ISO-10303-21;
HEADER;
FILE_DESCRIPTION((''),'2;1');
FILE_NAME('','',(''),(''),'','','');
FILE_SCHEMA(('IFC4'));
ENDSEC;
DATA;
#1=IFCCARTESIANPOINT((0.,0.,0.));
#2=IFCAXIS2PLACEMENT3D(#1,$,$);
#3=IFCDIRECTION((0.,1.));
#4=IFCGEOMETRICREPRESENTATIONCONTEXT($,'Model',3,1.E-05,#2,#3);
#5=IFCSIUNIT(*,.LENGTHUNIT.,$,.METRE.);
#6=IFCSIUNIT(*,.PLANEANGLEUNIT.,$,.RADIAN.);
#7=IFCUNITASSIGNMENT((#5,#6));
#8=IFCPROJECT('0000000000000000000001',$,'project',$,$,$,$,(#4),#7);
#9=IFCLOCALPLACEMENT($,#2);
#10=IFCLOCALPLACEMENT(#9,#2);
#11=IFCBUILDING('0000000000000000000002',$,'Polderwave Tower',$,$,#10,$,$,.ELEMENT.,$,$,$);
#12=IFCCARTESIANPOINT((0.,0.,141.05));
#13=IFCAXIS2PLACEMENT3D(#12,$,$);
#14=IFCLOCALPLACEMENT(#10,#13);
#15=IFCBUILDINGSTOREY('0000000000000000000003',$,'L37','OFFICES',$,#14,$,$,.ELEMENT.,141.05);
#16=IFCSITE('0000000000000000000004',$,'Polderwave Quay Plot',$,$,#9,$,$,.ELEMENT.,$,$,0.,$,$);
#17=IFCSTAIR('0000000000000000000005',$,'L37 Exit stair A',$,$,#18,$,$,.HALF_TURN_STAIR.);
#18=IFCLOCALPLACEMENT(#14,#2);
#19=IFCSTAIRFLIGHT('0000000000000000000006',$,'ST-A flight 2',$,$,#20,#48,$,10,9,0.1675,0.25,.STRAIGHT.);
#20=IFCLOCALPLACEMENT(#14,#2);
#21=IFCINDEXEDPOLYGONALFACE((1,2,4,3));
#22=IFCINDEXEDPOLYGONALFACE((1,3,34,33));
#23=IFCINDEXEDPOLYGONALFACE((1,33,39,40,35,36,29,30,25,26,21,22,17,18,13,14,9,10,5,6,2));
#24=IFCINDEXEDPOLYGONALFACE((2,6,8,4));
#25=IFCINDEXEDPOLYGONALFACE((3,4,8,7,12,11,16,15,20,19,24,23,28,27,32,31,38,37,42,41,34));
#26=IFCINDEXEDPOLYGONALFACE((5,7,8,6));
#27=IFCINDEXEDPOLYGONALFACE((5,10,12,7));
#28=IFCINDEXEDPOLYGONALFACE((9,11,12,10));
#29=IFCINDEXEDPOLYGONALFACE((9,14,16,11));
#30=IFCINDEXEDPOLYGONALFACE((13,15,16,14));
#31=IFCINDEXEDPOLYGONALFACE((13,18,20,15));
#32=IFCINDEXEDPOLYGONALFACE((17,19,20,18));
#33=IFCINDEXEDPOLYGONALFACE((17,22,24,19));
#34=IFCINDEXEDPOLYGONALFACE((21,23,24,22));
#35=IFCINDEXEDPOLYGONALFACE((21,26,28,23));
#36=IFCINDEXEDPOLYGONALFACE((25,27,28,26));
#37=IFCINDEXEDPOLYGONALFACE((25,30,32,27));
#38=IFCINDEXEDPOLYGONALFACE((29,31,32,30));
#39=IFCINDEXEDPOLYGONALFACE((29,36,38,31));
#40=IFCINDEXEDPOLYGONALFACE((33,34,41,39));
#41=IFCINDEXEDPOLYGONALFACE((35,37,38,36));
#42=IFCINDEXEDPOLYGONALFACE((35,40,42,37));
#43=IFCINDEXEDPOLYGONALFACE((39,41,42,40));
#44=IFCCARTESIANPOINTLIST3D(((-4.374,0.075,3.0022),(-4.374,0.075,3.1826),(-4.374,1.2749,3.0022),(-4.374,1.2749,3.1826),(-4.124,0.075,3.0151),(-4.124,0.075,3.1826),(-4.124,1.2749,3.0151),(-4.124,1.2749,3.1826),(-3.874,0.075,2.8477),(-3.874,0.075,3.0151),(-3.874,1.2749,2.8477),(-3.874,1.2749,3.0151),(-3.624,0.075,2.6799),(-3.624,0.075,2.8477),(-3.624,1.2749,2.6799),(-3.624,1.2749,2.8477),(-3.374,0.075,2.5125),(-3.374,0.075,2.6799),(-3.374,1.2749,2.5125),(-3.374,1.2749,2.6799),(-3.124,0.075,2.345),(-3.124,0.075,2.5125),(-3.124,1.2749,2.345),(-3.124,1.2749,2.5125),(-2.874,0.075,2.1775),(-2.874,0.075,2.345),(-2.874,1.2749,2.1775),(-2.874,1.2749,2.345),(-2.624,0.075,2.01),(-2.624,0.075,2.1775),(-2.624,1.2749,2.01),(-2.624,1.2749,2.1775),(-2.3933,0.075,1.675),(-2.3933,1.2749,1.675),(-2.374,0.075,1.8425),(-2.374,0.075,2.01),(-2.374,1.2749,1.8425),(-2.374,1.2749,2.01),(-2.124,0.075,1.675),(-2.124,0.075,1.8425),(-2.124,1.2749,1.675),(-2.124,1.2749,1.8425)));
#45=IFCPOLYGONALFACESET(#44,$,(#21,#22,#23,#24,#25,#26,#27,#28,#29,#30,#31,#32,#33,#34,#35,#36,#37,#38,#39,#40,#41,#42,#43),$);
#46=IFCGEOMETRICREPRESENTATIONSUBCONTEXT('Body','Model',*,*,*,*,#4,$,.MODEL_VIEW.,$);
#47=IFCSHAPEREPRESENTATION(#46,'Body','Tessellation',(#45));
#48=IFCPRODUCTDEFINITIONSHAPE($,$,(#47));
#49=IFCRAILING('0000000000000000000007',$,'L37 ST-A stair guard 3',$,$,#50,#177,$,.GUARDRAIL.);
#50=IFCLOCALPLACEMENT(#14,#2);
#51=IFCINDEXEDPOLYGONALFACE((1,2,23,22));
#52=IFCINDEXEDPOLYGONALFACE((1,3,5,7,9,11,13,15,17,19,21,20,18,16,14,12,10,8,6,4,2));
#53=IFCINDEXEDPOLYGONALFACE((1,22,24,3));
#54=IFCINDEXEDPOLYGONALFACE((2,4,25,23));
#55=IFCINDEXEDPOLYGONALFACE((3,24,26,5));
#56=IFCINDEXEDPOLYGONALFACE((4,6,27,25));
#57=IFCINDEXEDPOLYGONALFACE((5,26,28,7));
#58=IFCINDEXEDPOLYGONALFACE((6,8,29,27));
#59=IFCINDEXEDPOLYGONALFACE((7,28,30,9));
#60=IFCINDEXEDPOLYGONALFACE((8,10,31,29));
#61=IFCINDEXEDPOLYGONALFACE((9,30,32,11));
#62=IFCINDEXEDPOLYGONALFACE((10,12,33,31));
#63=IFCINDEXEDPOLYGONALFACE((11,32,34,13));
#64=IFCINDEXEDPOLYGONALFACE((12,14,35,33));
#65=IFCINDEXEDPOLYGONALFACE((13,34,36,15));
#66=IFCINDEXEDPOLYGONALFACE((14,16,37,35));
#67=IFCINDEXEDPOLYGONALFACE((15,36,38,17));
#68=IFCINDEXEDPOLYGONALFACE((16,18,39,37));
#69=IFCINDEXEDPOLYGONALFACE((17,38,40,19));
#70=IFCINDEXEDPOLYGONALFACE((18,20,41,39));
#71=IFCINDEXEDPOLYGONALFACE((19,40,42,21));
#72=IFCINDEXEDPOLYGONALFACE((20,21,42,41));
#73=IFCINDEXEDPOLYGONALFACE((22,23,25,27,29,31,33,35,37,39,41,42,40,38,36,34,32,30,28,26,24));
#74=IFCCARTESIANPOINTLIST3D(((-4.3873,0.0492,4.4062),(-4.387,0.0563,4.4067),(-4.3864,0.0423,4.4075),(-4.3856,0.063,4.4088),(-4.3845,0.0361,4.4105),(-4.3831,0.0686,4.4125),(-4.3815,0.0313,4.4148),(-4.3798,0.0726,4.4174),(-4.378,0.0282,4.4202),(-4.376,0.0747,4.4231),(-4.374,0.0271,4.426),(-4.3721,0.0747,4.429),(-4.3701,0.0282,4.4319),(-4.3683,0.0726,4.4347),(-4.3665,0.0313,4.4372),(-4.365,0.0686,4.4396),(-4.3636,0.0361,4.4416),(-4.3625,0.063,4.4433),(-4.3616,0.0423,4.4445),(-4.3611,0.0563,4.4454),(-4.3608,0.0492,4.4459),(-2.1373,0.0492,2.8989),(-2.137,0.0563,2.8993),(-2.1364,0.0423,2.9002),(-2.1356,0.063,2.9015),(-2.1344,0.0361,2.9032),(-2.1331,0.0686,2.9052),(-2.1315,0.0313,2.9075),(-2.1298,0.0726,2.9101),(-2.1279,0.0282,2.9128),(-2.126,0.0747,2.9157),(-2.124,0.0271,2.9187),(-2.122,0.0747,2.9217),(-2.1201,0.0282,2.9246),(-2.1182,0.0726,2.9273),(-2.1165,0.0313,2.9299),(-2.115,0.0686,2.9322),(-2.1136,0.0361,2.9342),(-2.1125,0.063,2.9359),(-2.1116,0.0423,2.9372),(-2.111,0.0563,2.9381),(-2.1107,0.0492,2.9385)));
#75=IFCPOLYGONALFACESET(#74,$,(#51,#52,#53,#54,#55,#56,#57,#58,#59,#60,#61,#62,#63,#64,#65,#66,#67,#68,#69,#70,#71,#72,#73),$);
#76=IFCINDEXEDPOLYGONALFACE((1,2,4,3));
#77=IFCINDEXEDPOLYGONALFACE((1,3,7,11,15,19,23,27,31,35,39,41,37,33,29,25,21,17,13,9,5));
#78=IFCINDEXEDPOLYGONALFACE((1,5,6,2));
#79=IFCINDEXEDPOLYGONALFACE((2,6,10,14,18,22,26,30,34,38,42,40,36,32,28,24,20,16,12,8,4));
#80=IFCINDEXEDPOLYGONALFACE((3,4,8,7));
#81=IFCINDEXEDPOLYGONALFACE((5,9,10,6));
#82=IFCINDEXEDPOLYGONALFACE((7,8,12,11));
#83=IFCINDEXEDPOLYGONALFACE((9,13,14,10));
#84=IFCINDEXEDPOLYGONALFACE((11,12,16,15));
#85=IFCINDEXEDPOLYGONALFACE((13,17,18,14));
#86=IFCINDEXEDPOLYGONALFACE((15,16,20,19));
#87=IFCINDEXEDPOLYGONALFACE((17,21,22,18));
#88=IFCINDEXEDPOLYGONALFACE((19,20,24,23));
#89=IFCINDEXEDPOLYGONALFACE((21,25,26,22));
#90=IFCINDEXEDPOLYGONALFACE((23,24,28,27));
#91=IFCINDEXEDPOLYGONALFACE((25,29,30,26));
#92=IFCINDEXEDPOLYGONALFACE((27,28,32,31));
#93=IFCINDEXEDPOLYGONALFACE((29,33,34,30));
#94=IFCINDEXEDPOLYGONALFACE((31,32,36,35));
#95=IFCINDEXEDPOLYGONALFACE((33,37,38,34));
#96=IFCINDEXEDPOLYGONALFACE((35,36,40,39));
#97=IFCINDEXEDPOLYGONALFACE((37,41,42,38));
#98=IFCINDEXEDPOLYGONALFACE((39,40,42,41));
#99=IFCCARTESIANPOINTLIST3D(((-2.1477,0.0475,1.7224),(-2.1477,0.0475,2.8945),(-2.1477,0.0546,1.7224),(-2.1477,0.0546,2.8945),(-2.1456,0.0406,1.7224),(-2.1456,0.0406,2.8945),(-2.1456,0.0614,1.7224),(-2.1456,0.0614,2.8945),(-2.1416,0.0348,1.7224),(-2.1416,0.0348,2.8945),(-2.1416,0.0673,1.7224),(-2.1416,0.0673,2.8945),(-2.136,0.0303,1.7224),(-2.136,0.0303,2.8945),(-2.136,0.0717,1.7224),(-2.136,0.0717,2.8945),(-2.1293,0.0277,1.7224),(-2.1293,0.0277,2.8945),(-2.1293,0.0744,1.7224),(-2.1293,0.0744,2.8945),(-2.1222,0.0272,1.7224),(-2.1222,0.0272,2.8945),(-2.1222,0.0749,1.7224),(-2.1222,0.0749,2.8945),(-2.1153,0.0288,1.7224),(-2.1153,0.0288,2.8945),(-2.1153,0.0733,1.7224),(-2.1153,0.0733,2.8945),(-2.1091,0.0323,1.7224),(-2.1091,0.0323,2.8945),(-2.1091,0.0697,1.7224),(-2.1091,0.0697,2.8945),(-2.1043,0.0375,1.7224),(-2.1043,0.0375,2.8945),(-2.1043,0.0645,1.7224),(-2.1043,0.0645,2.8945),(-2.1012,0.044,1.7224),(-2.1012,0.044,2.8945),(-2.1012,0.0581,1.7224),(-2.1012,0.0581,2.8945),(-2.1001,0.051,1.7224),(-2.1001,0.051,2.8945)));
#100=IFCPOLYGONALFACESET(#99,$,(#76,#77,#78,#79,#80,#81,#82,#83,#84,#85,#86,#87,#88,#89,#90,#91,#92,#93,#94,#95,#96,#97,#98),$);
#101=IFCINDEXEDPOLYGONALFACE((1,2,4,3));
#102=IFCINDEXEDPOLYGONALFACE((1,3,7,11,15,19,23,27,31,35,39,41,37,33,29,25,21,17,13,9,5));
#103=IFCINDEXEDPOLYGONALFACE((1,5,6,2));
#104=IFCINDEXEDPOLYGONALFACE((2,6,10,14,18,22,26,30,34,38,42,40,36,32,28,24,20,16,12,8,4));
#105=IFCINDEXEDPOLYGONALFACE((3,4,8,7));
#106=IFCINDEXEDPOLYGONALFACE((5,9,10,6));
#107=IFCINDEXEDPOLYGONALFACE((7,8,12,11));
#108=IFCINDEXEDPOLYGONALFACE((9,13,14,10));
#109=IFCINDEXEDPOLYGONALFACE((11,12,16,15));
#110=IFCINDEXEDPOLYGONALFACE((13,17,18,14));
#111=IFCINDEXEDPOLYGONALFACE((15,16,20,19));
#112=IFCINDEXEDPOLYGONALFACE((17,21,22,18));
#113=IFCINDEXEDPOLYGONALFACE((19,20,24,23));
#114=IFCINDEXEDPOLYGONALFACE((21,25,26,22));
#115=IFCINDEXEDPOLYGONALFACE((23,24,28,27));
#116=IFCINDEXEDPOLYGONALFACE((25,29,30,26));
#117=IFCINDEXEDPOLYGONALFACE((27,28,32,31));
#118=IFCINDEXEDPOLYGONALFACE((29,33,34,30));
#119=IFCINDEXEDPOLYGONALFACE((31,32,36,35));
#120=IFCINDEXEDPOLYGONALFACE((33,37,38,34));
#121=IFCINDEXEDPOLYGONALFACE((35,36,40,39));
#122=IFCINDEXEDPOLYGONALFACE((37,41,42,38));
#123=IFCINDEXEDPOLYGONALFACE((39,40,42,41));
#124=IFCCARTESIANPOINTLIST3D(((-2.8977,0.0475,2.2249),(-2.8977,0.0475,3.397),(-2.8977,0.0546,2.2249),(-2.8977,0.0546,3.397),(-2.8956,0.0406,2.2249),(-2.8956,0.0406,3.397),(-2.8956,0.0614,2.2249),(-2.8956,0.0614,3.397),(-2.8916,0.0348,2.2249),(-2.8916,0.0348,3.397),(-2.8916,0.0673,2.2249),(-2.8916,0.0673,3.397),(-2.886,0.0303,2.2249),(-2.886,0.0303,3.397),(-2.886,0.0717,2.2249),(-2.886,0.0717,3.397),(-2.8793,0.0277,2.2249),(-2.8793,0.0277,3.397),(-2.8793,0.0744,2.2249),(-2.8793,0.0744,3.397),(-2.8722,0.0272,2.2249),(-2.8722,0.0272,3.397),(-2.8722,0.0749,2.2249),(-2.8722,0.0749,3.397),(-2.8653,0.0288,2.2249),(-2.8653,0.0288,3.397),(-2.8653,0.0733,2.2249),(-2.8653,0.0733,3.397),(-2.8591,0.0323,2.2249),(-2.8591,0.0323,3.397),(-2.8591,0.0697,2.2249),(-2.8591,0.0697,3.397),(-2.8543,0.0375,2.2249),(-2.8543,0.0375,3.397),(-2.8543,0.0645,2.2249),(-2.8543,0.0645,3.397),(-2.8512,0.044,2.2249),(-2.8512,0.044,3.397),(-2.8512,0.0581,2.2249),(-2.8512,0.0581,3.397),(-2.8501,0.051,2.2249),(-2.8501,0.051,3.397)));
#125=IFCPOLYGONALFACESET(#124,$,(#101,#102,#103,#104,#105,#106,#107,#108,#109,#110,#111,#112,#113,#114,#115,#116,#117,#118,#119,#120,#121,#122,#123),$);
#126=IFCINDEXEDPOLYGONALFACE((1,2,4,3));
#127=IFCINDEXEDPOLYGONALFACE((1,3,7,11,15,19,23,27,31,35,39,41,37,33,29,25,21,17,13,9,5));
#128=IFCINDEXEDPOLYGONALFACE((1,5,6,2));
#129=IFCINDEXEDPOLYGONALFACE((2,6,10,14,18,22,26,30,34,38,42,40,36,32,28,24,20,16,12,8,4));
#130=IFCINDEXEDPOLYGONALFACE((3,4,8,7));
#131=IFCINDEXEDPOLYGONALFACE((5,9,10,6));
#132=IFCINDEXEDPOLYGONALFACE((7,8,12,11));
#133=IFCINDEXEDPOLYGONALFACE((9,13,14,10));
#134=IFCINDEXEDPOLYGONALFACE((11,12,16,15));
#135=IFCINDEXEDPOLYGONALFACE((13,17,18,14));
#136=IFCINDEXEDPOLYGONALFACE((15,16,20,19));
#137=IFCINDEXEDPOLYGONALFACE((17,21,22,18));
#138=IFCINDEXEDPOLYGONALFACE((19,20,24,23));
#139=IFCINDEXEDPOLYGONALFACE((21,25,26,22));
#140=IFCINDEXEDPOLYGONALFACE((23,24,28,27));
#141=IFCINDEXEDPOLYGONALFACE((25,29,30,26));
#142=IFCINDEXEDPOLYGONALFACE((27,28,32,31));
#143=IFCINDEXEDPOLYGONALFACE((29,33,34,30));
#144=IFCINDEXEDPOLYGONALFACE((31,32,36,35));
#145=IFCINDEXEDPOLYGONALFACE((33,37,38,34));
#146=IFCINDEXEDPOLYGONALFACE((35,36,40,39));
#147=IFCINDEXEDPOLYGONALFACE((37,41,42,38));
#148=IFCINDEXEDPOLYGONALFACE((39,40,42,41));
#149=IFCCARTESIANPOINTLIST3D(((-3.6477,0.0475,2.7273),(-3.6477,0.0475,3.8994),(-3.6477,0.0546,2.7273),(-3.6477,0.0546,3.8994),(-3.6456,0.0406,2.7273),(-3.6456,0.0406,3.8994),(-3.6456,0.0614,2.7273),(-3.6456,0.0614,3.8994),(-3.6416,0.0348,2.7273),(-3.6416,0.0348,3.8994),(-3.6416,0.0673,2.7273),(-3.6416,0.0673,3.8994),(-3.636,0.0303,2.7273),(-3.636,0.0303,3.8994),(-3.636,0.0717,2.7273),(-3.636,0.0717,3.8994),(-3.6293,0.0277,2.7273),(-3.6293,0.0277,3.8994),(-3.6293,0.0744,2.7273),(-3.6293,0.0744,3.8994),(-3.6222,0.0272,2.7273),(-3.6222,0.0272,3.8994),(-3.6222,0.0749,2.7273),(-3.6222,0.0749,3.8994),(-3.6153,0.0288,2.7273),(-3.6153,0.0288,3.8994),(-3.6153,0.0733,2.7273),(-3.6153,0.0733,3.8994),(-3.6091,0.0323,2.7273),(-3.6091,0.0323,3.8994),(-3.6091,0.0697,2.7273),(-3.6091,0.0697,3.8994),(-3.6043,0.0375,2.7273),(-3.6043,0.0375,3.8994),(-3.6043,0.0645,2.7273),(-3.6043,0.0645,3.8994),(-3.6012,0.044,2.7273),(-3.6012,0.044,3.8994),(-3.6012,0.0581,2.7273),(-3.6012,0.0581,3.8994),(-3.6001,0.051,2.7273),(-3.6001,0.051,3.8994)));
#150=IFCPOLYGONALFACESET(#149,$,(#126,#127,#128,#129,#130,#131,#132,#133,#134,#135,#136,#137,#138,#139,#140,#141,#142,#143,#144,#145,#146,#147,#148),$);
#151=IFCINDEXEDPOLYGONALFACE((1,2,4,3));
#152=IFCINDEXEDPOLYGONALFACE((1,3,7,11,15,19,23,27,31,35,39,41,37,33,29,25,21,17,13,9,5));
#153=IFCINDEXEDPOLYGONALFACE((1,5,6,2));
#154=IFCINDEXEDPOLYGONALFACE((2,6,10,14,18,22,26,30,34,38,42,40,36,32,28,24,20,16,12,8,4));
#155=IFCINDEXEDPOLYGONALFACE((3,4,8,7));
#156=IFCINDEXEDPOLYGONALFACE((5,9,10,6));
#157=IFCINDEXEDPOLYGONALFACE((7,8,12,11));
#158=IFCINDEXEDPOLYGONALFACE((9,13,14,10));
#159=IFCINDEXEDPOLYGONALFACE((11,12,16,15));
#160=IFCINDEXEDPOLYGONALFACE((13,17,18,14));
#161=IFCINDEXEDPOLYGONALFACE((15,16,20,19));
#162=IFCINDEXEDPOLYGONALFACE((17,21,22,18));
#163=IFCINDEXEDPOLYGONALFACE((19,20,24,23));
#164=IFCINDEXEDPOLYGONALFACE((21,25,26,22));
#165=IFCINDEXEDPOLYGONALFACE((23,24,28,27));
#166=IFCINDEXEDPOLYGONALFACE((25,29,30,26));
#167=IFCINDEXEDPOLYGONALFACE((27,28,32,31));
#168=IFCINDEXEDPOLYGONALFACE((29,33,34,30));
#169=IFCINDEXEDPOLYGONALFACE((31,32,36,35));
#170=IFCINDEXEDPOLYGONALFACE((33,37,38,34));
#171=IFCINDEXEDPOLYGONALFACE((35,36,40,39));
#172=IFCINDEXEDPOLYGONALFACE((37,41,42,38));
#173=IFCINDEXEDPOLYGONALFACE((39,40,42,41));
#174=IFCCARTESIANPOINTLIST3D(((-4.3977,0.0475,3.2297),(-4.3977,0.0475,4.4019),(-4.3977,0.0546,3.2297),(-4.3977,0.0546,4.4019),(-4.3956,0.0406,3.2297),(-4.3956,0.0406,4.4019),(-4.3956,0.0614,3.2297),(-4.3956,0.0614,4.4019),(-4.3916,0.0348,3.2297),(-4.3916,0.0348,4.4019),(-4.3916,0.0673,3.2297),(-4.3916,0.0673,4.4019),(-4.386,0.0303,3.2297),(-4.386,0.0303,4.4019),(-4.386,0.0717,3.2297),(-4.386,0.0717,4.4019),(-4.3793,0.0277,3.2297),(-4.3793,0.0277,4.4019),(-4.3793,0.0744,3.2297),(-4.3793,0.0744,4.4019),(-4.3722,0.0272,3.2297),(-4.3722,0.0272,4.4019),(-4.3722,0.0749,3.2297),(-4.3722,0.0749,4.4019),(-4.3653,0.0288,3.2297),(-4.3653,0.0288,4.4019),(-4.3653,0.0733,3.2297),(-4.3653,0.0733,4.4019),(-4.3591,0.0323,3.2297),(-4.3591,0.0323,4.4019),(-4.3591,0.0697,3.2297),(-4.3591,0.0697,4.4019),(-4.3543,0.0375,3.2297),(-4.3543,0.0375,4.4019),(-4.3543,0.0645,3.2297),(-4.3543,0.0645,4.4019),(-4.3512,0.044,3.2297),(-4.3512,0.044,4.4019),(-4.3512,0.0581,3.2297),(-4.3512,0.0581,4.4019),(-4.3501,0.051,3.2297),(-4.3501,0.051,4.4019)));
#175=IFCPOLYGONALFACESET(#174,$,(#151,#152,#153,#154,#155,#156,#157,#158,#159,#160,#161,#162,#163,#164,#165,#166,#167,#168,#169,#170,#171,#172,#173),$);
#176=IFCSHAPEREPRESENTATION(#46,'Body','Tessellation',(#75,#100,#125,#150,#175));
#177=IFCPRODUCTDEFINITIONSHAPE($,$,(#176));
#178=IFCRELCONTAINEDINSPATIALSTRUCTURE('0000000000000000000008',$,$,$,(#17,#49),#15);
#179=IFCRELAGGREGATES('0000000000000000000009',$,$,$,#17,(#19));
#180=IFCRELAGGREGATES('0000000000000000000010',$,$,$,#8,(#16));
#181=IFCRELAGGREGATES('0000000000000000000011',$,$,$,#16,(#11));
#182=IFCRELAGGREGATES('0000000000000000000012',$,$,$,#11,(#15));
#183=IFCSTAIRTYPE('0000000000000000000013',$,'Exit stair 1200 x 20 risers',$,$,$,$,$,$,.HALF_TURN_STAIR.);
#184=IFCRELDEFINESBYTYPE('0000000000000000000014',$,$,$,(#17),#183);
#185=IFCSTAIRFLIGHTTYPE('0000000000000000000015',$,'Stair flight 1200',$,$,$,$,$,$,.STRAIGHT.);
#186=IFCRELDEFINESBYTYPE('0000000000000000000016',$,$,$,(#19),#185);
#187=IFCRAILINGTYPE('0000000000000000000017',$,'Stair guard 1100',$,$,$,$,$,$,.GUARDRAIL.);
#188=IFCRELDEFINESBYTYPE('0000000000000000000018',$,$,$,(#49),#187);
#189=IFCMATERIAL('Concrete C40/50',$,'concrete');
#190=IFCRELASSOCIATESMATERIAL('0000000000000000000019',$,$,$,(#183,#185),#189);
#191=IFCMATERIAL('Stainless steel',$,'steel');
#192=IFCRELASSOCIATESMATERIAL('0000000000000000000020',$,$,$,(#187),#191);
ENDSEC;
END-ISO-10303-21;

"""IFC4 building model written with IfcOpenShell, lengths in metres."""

from ifc_helpers import new_model, si_unit, direction, frame, origin, origin_2d, place, context, subcontext, project, spatial, polyline, circle, outline, extrude, material, type_object, element, aggregate, save


model = new_model("IFC4")

# Units and contexts
model_context = context("Model", 3, precision=1e-05, world=origin(), true_north=direction((0.0, 1.0)))
body_context = subcontext(model_context, "Body", "Model", "MODEL_VIEW")
ifc_project = project(units=[si_unit("LENGTHUNIT", "METRE"), si_unit("PLANEANGLEUNIT", "RADIAN")], contexts=[model_context])

# Site, building, storey
site_placement = place(None, origin())
site = spatial("IfcSite", under=ifc_project, at=site_placement, Name="Polderwave Quay Plot", CompositionType="ELEMENT", RefElevation=0.0)
building_placement = place(site_placement, origin())
building = spatial("IfcBuilding", under=site, at=building_placement, Name="Polderwave Tower", CompositionType="ELEMENT")
storey_placement = place(building_placement, frame((0.0, 0.0, 141.05)))
storey = spatial("IfcBuildingStorey", under=building, at=storey_placement, Name="L37", Description="OFFICES", CompositionType="ELEMENT", Elevation=141.05)

# Shared definitions
ifc_material_1 = material(Name="Stainless steel", Category="steel")

# Stair, stair flight
ifc_material_2 = material(Name="Concrete C40/50", Category="concrete")
stair_type = type_object("IfcStairType", Name="Exit stair 1200 x 20 risers", PredefinedType="HALF_TURN_STAIR", material=ifc_material_2)
stair_placement = place(storey_placement, origin())
stair = element("IfcStair", 1, at=stair_placement, inside=storey, type_object=stair_type, Name="L37 Exit stair A", PredefinedType="HALF_TURN_STAIR")
stair_flight_type = type_object("IfcStairFlightType", Name="Stair flight 1200", PredefinedType="STRAIGHT", material=ifc_material_2)
stair_flight_placement = place(storey_placement, frame((-2.124, 0.675, 1.675), z_axis=(0.0, 0.0, 1.0), x_axis=(-1.0, 0.0, 0.0)))
stair_flight = element("IfcStairFlight", 2, at=stair_flight_placement, type_object=stair_flight_type, Name="ST-A flight 2", NumberOfRisers=10, NumberOfTreads=9, PredefinedType="STRAIGHT", RiserHeight=0.1675, TreadLength=0.25, context=body_context, shape_type="SweptSolid", body=[
    extrude(outline(polyline([(0.0, 0.0), (0.0, 0.1675), (0.25, 0.1675), (0.25, 0.335), (0.5, 0.335), (0.5, 0.5024), (0.75, 0.5024), (0.75, 0.6699), (1.0, 0.6699), (1.0, 0.8374), (1.25, 0.8374), (1.25, 1.0049), (1.5, 1.0049), (1.5, 1.1726), (1.75, 1.1726), (1.75, 1.3401), (2.0, 1.3401), (2.0, 1.5076), (2.25, 1.5076), (2.25, 1.675), (2.25, 1.3271), (0.2693, 0.0), (0.0, 0.0)])), frame((0.0, 0.6001, 0.0), z_axis=(0.0, -1.0, 0.0), x_axis=(1.0, 0.0, 0.0)), (0.0, 0.0, 1.0), 1.2),
])
aggregate(stair, [stair_flight])

# Railing
railing_type_1 = type_object("IfcRailingType", Name="Stair guard 1100", PredefinedType="GUARDRAIL", material=ifc_material_1)
railing_1_placement = place(storey_placement, frame((-2.124, 0.051, 1.7224)))
element("IfcRailing", 3, at=railing_1_placement, inside=storey, type_object=railing_type_1, Name="L37 ST-A stair guard 3", PredefinedType="GUARDRAIL", context=body_context, shape_type="SweptSolid", body=[
    extrude(circle(Radius=0.0239, at=origin_2d()), frame((0.0, 0.0, 1.1963), z_axis=(-0.8308, 0.0, 0.556571), x_axis=(0.0, -1.0, 0.0)), (0.0, 0.0, 1.0), 2.7083),
    extrude(circle(Radius=0.0239, at=origin_2d()), origin(), (0.0, 0.0, 1.0), 1.1721),
    extrude(circle(Radius=0.0239, at=origin_2d()), frame((-0.75, 0.0, 0.5024)), (0.0, 0.0, 1.0), 1.1721),
    extrude(circle(Radius=0.0239, at=origin_2d()), frame((-1.5, 0.0, 1.0049)), (0.0, 0.0, 1.0), 1.1721),
    extrude(circle(Radius=0.0239, at=origin_2d()), frame((-2.25, 0.0, 1.5073)), (0.0, 0.0, 1.0), 1.1721),
])

save(model, "model.ifc")
